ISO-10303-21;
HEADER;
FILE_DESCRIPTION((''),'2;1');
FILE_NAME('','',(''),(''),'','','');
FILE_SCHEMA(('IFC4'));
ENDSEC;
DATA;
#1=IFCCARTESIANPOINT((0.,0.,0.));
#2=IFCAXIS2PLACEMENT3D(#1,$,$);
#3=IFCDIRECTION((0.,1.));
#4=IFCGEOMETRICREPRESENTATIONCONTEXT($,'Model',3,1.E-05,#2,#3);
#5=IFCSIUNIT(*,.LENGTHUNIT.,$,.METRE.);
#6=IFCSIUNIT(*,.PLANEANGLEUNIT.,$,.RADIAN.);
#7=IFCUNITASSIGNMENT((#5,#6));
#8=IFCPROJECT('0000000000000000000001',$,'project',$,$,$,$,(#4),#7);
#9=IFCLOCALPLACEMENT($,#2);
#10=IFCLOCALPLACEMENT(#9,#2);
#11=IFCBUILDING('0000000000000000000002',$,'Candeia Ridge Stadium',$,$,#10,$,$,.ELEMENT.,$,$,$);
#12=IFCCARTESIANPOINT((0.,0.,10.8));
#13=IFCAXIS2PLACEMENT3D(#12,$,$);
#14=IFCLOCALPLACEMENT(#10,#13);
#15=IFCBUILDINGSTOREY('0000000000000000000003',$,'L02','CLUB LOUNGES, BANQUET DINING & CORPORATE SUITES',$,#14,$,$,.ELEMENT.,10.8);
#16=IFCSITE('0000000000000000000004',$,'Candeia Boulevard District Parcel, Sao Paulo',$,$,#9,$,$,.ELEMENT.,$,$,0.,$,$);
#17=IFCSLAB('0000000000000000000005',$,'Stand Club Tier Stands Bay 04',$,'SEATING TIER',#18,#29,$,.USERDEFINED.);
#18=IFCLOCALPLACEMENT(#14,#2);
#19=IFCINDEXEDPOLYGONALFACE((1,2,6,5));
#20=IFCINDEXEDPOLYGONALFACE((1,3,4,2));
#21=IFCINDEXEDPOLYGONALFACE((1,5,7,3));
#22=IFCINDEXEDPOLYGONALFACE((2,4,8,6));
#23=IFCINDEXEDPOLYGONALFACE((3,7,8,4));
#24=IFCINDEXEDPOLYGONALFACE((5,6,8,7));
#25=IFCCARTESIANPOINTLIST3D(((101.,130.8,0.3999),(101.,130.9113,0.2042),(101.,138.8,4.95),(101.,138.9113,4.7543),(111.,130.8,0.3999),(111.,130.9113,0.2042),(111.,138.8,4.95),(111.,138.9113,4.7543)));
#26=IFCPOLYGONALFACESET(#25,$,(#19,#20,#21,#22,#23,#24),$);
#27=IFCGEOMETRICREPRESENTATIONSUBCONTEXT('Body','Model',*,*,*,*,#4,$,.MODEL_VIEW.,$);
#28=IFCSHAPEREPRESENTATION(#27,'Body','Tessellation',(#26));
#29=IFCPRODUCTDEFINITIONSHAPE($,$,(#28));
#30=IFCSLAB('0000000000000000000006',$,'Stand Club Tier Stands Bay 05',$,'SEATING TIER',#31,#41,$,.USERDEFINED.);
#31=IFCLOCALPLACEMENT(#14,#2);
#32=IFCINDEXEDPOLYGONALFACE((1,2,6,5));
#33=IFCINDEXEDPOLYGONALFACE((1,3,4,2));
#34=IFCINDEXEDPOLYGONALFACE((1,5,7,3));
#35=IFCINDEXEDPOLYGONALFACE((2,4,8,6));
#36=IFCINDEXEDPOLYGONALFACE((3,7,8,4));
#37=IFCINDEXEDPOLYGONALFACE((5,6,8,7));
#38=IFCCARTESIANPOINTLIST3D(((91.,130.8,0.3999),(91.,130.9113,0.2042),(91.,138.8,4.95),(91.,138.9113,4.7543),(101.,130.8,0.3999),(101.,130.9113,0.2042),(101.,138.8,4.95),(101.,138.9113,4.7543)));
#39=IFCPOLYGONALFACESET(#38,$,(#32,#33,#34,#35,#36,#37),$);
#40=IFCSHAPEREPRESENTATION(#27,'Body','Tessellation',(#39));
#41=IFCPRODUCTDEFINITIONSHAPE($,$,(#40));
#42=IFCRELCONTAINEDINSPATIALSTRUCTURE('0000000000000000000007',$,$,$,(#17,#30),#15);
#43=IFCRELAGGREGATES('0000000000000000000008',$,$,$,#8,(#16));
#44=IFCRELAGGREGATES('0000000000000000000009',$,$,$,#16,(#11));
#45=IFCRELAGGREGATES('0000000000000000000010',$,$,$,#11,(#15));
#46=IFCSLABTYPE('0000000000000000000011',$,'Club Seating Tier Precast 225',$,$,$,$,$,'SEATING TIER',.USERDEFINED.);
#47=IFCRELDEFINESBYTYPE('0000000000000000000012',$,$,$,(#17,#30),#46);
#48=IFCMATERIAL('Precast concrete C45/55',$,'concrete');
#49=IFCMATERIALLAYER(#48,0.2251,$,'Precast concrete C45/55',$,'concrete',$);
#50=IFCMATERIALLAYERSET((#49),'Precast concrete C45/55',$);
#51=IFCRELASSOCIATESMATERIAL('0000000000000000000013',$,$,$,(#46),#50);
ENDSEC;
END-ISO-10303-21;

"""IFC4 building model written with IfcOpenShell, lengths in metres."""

from ifc_helpers import new_model, si_unit, direction, frame, origin, place, context, subcontext, project, spatial, polyline, outline, extrude, material, layer, layer_set, type_object, element, save


model = new_model("IFC4")

# Units and contexts
model_context = context("Model", 3, precision=1e-05, world=origin(), true_north=direction((0.0, 1.0)))
body_context = subcontext(model_context, "Body", "Model", "MODEL_VIEW")
ifc_project = project(units=[si_unit("LENGTHUNIT", "METRE"), si_unit("PLANEANGLEUNIT", "RADIAN")], contexts=[model_context])

# Site, building, storey
site_placement = place(None, origin())
site = spatial("IfcSite", under=ifc_project, at=site_placement, Name="Candeia Boulevard District Parcel, Sao Paulo", CompositionType="ELEMENT", RefElevation=0.0)
building_placement = place(site_placement, origin())
building = spatial("IfcBuilding", under=site, at=building_placement, Name="Candeia Ridge Stadium", CompositionType="ELEMENT")
storey_placement = place(building_placement, frame((0.0, 0.0, 10.8)))
storey = spatial("IfcBuildingStorey", under=building, at=storey_placement, Name="L02", Description="CLUB LOUNGES, BANQUET DINING & CORPORATE SUITES", CompositionType="ELEMENT", Elevation=10.8)

# Slabs
ifc_material_1 = material(Name="Precast concrete C45/55", Category="concrete")
ifc_layer_1 = layer(ifc_material_1, 0.2251, Name="Precast concrete C45/55", Category="concrete")
ifc_layer_set_1 = layer_set([ifc_layer_1], Name="Precast concrete C45/55")
slab_type = type_object("IfcSlabType", Name="Club Seating Tier Precast 225", ElementType="SEATING TIER", PredefinedType="USERDEFINED", material=ifc_layer_set_1)
for number, where, z_axis, x_axis, name in (
    (1, (111.0, 130.8, 0.3999), (0.0, -0.494387, 0.869242), (-1.0, 0.0, 0.0), "Stand Club Tier Stands Bay 04"),
    (2, (101.0, 130.8, 0.3999), (0.0, -0.494387, 0.869242), (-1.0, 0.0, 0.0), "Stand Club Tier Stands Bay 05"),
):
    element("IfcSlab", number, at=place(storey_placement, frame(where, z_axis=z_axis, x_axis=x_axis)), inside=storey, type_object=slab_type, Name=name, ObjectType="SEATING TIER", PredefinedType="USERDEFINED", context=body_context, shape_type="SweptSolid", body=[
        extrude(outline(polyline([(0.0, 0.0), (10.0, 0.0), (10.0, -9.2034), (0.0, -9.2034), (0.0, 0.0)])), origin(), (0.0, 0.0, -1.0), 0.2251),
    ])

save(model, "model.ifc")
